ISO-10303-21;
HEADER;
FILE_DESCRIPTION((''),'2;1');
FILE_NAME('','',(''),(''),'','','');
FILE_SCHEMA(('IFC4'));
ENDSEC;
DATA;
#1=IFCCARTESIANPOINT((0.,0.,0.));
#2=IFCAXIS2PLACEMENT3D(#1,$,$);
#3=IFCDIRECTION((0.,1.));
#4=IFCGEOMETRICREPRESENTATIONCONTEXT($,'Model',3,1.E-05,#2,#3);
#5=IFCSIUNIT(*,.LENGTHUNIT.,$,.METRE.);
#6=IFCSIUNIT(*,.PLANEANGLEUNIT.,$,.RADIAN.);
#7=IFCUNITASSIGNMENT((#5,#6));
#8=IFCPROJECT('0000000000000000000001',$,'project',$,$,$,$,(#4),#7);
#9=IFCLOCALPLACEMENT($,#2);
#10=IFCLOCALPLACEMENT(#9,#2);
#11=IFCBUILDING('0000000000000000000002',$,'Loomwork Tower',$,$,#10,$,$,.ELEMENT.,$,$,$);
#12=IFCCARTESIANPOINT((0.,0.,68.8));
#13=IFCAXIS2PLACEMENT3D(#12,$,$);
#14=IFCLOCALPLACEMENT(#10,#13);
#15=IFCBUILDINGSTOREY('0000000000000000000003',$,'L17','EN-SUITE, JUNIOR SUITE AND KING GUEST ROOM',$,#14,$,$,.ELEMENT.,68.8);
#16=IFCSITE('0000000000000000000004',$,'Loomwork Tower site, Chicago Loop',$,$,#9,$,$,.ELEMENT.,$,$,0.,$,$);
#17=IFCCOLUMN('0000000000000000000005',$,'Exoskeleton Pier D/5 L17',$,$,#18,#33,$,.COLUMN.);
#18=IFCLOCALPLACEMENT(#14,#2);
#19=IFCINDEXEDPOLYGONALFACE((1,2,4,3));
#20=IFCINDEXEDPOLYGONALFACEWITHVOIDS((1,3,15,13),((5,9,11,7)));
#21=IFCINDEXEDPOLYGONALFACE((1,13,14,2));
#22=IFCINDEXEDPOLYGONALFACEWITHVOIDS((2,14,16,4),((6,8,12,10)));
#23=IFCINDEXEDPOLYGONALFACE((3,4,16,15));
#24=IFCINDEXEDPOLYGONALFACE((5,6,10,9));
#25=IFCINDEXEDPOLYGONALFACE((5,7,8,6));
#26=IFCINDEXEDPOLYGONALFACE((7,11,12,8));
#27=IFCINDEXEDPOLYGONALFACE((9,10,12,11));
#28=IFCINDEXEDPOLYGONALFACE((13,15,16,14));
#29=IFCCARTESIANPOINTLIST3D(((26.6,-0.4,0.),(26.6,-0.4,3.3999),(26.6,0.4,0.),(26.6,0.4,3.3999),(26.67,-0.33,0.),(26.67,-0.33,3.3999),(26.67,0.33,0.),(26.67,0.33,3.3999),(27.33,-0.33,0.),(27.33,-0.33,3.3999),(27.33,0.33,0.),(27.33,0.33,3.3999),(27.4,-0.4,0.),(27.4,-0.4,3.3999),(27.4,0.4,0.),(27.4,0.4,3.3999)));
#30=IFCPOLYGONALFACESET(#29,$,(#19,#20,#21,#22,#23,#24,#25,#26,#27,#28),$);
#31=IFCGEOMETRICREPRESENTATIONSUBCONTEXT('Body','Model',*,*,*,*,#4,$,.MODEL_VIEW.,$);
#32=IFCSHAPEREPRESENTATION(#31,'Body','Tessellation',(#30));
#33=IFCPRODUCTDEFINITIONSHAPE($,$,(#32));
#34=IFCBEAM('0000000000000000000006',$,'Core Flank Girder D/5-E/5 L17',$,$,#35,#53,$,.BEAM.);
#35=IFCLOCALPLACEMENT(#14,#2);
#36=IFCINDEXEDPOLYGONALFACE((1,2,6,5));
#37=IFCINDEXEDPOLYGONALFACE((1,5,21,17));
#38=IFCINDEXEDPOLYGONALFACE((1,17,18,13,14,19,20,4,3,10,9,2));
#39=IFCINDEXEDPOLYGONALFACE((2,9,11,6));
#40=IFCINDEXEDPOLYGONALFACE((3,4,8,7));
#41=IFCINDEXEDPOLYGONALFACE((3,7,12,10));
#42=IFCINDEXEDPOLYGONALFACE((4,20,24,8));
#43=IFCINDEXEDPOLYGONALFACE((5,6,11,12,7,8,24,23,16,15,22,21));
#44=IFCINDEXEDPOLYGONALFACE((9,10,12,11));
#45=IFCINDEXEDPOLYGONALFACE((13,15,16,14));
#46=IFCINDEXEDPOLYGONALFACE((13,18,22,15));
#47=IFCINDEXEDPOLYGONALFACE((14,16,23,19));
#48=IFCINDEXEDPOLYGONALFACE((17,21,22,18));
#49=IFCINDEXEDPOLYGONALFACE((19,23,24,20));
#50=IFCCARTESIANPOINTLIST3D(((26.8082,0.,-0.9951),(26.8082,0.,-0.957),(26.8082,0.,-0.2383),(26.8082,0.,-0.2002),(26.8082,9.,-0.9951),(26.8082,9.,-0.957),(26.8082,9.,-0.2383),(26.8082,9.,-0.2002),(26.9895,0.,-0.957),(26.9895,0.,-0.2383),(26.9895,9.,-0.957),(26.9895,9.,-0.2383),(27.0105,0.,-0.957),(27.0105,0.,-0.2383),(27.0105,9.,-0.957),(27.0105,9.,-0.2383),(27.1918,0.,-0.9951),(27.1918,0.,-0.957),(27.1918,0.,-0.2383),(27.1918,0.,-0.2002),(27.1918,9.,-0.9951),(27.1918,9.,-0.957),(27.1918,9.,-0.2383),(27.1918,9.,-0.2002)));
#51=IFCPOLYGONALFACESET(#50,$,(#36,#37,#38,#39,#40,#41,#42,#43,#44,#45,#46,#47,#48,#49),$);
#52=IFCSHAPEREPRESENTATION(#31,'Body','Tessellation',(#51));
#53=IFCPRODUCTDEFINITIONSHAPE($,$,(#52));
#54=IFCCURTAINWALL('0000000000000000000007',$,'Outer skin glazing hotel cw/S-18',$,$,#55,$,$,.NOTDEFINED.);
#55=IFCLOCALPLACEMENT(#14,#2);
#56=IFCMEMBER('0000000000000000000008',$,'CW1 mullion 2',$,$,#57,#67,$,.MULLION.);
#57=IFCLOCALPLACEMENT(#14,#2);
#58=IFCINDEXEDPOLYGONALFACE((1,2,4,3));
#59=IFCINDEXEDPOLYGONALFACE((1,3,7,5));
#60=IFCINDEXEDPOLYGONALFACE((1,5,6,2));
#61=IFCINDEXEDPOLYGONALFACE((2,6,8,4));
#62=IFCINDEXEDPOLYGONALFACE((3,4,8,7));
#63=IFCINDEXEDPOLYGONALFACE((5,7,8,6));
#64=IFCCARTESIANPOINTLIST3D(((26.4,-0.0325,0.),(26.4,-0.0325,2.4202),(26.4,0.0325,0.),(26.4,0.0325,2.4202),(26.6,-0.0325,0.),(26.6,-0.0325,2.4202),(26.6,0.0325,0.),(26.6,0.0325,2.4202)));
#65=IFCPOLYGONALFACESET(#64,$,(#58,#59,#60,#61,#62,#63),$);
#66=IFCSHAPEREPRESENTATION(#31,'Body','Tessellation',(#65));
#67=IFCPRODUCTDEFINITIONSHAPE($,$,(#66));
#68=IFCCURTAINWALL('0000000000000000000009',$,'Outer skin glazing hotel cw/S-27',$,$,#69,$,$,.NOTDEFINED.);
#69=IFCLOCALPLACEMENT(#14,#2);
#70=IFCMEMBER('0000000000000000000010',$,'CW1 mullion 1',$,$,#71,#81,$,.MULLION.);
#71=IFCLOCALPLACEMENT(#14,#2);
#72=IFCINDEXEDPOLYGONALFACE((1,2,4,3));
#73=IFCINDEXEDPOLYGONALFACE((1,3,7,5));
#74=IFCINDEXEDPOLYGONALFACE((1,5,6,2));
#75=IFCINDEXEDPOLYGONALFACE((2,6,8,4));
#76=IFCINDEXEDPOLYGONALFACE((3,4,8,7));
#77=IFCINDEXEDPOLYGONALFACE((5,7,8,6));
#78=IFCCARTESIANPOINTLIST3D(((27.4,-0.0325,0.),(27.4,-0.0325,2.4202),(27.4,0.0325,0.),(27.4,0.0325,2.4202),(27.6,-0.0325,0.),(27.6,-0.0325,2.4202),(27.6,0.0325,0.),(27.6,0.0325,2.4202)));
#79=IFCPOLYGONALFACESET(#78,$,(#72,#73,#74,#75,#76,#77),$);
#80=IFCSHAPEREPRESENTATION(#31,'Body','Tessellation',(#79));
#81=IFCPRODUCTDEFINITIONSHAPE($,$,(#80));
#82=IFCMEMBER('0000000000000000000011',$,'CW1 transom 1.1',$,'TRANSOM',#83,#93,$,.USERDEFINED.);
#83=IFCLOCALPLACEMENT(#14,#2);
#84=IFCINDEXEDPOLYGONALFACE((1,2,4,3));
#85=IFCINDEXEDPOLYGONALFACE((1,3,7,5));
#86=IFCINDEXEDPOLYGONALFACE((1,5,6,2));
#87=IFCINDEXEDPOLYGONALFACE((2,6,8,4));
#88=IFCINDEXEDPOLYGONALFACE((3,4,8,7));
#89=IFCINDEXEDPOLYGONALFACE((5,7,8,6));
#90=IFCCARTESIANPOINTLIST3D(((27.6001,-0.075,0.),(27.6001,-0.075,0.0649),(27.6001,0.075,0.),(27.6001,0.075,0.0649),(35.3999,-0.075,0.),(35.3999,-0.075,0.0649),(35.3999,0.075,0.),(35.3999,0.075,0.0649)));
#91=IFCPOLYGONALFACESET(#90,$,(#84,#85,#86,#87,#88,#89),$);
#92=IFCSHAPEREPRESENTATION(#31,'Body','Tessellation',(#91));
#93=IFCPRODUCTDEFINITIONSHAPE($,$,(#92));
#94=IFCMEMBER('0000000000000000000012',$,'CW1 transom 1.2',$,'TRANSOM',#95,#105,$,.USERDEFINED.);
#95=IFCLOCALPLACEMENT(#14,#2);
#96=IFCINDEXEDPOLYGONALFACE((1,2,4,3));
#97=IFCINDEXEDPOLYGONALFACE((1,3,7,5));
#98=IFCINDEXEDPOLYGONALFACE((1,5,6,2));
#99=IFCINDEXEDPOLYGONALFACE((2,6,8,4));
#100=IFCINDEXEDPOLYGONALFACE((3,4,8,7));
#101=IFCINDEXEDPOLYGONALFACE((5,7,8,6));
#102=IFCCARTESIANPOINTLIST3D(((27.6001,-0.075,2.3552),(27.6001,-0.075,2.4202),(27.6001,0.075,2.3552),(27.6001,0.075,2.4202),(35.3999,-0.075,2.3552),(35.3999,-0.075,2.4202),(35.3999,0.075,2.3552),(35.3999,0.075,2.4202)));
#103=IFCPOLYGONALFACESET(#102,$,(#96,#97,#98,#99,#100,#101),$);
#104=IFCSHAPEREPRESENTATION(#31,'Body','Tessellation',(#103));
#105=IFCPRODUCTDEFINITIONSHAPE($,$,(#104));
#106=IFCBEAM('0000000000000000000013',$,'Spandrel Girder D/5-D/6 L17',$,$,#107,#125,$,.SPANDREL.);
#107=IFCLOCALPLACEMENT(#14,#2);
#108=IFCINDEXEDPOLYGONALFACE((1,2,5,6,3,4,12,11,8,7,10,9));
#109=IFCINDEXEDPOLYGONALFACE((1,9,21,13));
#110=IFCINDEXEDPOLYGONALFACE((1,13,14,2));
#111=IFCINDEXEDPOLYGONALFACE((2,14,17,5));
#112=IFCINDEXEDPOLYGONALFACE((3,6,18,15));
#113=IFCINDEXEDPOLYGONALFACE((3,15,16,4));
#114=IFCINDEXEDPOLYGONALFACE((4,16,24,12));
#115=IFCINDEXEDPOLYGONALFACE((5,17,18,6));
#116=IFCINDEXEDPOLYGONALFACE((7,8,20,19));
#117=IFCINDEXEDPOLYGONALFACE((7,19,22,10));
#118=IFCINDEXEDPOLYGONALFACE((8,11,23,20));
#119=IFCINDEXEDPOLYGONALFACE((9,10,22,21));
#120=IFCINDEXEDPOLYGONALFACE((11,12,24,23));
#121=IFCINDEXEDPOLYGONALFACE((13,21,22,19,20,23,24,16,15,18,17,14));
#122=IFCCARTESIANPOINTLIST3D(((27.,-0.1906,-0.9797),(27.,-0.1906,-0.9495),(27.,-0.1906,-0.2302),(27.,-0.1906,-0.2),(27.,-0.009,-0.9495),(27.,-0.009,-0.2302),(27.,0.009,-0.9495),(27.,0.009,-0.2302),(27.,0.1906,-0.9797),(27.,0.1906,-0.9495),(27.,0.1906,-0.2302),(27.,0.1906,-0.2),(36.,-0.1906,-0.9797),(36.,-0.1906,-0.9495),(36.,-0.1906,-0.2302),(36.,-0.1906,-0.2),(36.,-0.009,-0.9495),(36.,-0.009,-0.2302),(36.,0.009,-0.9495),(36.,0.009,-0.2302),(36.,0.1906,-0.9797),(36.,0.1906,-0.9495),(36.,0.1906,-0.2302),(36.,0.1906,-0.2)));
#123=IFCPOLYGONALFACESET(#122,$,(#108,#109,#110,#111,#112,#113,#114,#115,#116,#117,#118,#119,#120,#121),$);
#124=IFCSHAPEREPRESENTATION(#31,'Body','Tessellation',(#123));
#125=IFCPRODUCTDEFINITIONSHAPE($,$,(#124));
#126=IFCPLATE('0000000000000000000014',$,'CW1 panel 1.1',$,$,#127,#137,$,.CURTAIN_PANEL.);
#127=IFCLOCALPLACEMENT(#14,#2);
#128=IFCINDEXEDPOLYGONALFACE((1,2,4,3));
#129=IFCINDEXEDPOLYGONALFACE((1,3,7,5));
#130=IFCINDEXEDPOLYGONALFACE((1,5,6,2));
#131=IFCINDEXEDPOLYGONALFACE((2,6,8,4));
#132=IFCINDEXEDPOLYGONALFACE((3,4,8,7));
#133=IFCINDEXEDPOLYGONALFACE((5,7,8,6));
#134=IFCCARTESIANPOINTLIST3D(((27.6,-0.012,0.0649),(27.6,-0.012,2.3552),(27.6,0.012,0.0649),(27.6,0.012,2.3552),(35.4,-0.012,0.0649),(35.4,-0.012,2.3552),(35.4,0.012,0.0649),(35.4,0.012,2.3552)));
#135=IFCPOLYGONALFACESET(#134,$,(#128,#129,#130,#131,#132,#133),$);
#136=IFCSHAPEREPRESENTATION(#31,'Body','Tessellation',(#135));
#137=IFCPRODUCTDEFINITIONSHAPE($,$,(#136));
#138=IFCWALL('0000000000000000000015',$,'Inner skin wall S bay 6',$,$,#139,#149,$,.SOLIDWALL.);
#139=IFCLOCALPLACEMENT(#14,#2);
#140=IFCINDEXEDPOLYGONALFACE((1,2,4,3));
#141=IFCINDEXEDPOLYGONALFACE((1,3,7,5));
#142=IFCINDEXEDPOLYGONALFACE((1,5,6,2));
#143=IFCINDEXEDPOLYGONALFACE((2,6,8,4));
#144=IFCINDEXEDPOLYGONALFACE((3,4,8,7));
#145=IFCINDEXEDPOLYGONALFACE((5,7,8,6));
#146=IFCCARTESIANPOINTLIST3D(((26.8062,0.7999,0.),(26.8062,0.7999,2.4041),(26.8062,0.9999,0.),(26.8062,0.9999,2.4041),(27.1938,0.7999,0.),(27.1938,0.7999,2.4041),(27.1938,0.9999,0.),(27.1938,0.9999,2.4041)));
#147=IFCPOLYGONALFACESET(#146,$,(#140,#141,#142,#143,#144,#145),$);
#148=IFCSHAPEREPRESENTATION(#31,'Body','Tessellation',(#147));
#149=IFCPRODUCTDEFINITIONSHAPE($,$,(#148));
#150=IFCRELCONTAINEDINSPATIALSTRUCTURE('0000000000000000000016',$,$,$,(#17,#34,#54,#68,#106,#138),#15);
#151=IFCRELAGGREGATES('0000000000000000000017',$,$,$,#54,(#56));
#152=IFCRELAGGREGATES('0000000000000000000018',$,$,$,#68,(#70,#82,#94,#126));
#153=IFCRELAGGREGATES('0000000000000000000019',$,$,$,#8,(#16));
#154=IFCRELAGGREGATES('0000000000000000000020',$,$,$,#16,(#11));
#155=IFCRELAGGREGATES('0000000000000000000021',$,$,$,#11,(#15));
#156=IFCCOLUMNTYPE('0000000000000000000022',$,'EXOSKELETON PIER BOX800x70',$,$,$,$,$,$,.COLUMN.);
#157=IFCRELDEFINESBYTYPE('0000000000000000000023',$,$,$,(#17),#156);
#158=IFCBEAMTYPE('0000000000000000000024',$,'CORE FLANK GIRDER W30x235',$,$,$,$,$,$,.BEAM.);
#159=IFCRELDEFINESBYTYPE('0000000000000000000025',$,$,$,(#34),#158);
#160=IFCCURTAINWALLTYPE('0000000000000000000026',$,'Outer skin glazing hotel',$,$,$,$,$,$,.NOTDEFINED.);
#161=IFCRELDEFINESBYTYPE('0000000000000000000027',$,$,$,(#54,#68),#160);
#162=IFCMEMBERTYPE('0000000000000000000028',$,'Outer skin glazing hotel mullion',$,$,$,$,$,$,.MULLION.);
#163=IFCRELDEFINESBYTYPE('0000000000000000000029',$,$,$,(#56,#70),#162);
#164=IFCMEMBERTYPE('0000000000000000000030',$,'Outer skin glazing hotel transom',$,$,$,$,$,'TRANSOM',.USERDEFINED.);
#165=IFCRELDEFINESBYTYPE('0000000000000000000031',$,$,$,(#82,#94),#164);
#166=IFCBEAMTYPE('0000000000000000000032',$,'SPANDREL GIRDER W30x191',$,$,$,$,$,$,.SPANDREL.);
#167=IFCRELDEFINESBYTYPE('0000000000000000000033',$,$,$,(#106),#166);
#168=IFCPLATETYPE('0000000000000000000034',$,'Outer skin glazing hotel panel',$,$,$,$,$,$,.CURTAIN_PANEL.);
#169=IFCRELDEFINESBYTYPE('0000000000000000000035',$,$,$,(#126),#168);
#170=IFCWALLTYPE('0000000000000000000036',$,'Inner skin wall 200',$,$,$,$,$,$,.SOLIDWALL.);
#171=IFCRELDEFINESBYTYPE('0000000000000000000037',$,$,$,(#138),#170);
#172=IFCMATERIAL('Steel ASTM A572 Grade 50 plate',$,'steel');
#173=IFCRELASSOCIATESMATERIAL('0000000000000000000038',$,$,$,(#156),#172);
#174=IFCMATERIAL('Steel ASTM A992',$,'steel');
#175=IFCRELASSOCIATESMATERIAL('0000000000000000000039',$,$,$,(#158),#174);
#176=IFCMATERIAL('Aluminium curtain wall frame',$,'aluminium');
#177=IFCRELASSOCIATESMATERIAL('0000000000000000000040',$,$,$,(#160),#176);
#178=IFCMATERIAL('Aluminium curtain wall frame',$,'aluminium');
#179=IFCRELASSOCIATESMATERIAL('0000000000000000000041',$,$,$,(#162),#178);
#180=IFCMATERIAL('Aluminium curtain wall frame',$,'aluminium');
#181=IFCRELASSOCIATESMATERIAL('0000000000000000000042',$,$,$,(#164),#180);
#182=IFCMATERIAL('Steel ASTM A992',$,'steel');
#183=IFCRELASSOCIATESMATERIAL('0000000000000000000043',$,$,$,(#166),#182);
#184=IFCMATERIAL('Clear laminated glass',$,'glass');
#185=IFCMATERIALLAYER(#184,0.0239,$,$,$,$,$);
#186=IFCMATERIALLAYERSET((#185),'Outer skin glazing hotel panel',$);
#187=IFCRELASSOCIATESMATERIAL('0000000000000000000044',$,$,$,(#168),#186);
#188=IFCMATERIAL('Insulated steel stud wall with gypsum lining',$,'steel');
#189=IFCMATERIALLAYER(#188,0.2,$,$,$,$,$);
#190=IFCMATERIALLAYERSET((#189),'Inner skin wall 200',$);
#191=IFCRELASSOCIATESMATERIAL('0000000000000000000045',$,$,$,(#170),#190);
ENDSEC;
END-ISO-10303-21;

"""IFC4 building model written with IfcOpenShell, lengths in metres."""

from ifc_helpers import new_model, si_unit, direction, frame, frame_2d, origin, origin_2d, place, context, subcontext, project, spatial, rectangle, hollow_rectangle, i_section, extrude, material, layer, layer_set, material_profile, profile_set, type_object, element, aggregate, save


model = new_model("IFC4")

# Units and contexts
model_context = context("Model", 3, precision=1e-05, world=origin(), true_north=direction((0.0, 1.0)))
body_context = subcontext(model_context, "Body", "Model", "MODEL_VIEW")
ifc_project = project(units=[si_unit("LENGTHUNIT", "METRE"), si_unit("PLANEANGLEUNIT", "RADIAN")], contexts=[model_context])

# Site, building, storey
site_placement = place(None, origin())
site = spatial("IfcSite", under=ifc_project, at=site_placement, Name="Loomwork Tower site, Chicago Loop", CompositionType="ELEMENT", RefElevation=0.0)
building_placement = place(site_placement, origin())
building = spatial("IfcBuilding", under=site, at=building_placement, Name="Loomwork Tower", CompositionType="ELEMENT")
storey_placement = place(building_placement, frame((0.0, 0.0, 68.8)))
storey = spatial("IfcBuildingStorey", under=building, at=storey_placement, Name="L17", Description="EN-SUITE, JUNIOR SUITE AND KING GUEST ROOM", CompositionType="ELEMENT", Elevation=68.8)

# Column
ifc_material_1 = material(Name="Steel ASTM A572 Grade 50 plate", Category="steel")
ifc_material_profile_1 = material_profile(ifc_material_1, hollow_rectangle(XDim=0.8, YDim=0.8, WallThickness=0.0701, at=origin_2d()), Name="BOX800x70")
ifc_profile_set_1 = profile_set([ifc_material_profile_1], Name="Steel ASTM A572 Grade 50 plate")
column_type = type_object("IfcColumnType", Name="EXOSKELETON PIER BOX800x70", PredefinedType="COLUMN", material=ifc_profile_set_1)
column_placement = place(storey_placement, frame((27.0, 0.0, 0.0), z_axis=(0.0, 0.0, 1.0), x_axis=(1.0, 0.0, 0.0)))
element("IfcColumn", 1, at=column_placement, inside=storey, type_object=column_type, Name="Exoskeleton Pier D/5 L17", PredefinedType="COLUMN", context=body_context, shape_type="SweptSolid", body=[
    extrude(hollow_rectangle(XDim=0.8, YDim=0.8, WallThickness=0.0701, at=origin_2d()), origin(), (0.0, 0.0, 1.0), 3.3999),
])

# Beam
ifc_material_2 = material(Name="Steel ASTM A992", Category="steel")
ifc_material_profile_2 = material_profile(ifc_material_2, i_section(OverallWidth=0.3835, OverallDepth=0.7949, WebThickness=0.021, FlangeThickness=0.0381, at=origin_2d()), Name="W30x235")
ifc_profile_set_2 = profile_set([ifc_material_profile_2], Name="Steel ASTM A992")
beam_type_1 = type_object("IfcBeamType", Name="CORE FLANK GIRDER W30x235", PredefinedType="BEAM", material=ifc_profile_set_2)
beam_1_placement = place(storey_placement, frame((27.0, 0.0, -0.5977), z_axis=(0.0, 1.0, 0.0), x_axis=(-1.0, 0.0, 0.0)))
element("IfcBeam", 2, at=beam_1_placement, inside=storey, type_object=beam_type_1, Name="Core Flank Girder D/5-E/5 L17", PredefinedType="BEAM", context=body_context, shape_type="SweptSolid", body=[
    extrude(i_section(OverallWidth=0.3835, OverallDepth=0.7949, WebThickness=0.021, FlangeThickness=0.0381, at=origin_2d()), origin(), (0.0, 0.0, 1.0), 9.0),
])

# Curtain wall, member
ifc_material_3 = material(Name="Aluminium curtain wall frame", Category="aluminium")
curtain_wall_type = type_object("IfcCurtainWallType", Name="Outer skin glazing hotel", PredefinedType="NOTDEFINED", material=ifc_material_3)
curtain_wall_1_placement = place(storey_placement, origin())
curtain_wall_1 = element("IfcCurtainWall", 3, at=curtain_wall_1_placement, inside=storey, type_object=curtain_wall_type, Name="Outer skin glazing hotel cw/S-18", PredefinedType="NOTDEFINED")
ifc_material_4 = material(Name="Aluminium curtain wall frame", Category="aluminium")
ifc_material_profile_3 = material_profile(ifc_material_4, rectangle(XDim=0.0649, YDim=0.2, at=origin_2d()), Name="AL 65x200")
ifc_profile_set_3 = profile_set([ifc_material_profile_3], Name="Aluminium curtain wall frame")
member_type_1 = type_object("IfcMemberType", Name="Outer skin glazing hotel mullion", PredefinedType="MULLION", material=ifc_profile_set_3)
member_1_placement = place(storey_placement, frame((26.5, 0.0, 0.0), z_axis=(0.0, 0.0, 1.0), x_axis=(0.0, 1.0, 0.0)))
member_1 = element("IfcMember", 4, at=member_1_placement, type_object=member_type_1, Name="CW1 mullion 2", PredefinedType="MULLION", context=body_context, shape_type="SweptSolid", body=[
    extrude(rectangle(XDim=0.0649, YDim=0.2, at=origin_2d()), origin(), (0.0, 0.0, 1.0), 2.4202),
])
aggregate(curtain_wall_1, [member_1])

# Curtain wall, members
curtain_wall_2_placement = place(storey_placement, origin())
curtain_wall_2 = element("IfcCurtainWall", 5, at=curtain_wall_2_placement, inside=storey, type_object=curtain_wall_type, Name="Outer skin glazing hotel cw/S-27", PredefinedType="NOTDEFINED")
member_2_placement = place(storey_placement, frame((27.5, 0.0, 0.0), z_axis=(0.0, 0.0, 1.0), x_axis=(0.0, 1.0, 0.0)))
member_2 = element("IfcMember", 6, at=member_2_placement, type_object=member_type_1, Name="CW1 mullion 1", PredefinedType="MULLION", context=body_context, shape_type="SweptSolid", body=[
    extrude(rectangle(XDim=0.0649, YDim=0.2, at=origin_2d()), origin(), (0.0, 0.0, 1.0), 2.4202),
])
ifc_material_5 = material(Name="Aluminium curtain wall frame", Category="aluminium")
ifc_material_profile_4 = material_profile(ifc_material_5, rectangle(XDim=0.1499, YDim=0.0649, at=origin_2d()), Name="AL 65x150")
ifc_profile_set_4 = profile_set([ifc_material_profile_4], Name="Aluminium curtain wall frame")
member_type_2 = type_object("IfcMemberType", Name="Outer skin glazing hotel transom", ElementType="TRANSOM", PredefinedType="USERDEFINED", material=ifc_profile_set_4)
member_3_placement = place(storey_placement, frame((27.6001, 0.0, 0.0325), z_axis=(1.0, 0.0, 0.0), x_axis=(0.0, 1.0, 0.0)))
member_3 = element("IfcMember", 7, at=member_3_placement, type_object=member_type_2, Name="CW1 transom 1.1", ObjectType="TRANSOM", PredefinedType="USERDEFINED", context=body_context, shape_type="SweptSolid", body=[
    extrude(rectangle(XDim=0.1499, YDim=0.0649, at=origin_2d()), origin(), (0.0, 0.0, 1.0), 7.7998),
])
member_4_placement = place(storey_placement, frame((27.6001, 0.0, 2.3877), z_axis=(1.0, 0.0, 0.0), x_axis=(0.0, 1.0, 0.0)))
member_4 = element("IfcMember", 8, at=member_4_placement, type_object=member_type_2, Name="CW1 transom 1.2", ObjectType="TRANSOM", PredefinedType="USERDEFINED", context=body_context, shape_type="SweptSolid", body=[
    extrude(rectangle(XDim=0.1499, YDim=0.0649, at=origin_2d()), origin(), (0.0, 0.0, 1.0), 7.7998),
])

# Beam
ifc_material_6 = material(Name="Steel ASTM A992", Category="steel")
ifc_material_profile_5 = material_profile(ifc_material_6, i_section(OverallWidth=0.3811, OverallDepth=0.7798, WebThickness=0.0181, FlangeThickness=0.0303, at=origin_2d()), Name="W30x191")
ifc_profile_set_5 = profile_set([ifc_material_profile_5], Name="Steel ASTM A992")
beam_type_2 = type_object("IfcBeamType", Name="SPANDREL GIRDER W30x191", PredefinedType="SPANDREL", material=ifc_profile_set_5)
beam_2_placement = place(storey_placement, frame((27.0, 0.0, -0.5898), z_axis=(1.0, 0.0, 0.0), x_axis=(0.0, 1.0, 0.0)))
element("IfcBeam", 9, at=beam_2_placement, inside=storey, type_object=beam_type_2, Name="Spandrel Girder D/5-D/6 L17", PredefinedType="SPANDREL", context=body_context, shape_type="SweptSolid", body=[
    extrude(i_section(OverallWidth=0.3811, OverallDepth=0.7798, WebThickness=0.0181, FlangeThickness=0.0303, at=origin_2d()), origin(), (0.0, 0.0, 1.0), 9.0),
])

# Plate
ifc_material_7 = material(Name="Clear laminated glass", Category="glass")
ifc_layer_1 = layer(ifc_material_7, 0.0239)
ifc_layer_set_1 = layer_set([ifc_layer_1], Name="Outer skin glazing hotel panel")
plate_type = type_object("IfcPlateType", Name="Outer skin glazing hotel panel", PredefinedType="CURTAIN_PANEL", material=ifc_layer_set_1)
plate_placement = place(storey_placement, frame((31.5, 0.0, 0.0649), z_axis=(0.0, 0.0, 1.0), x_axis=(1.0, 0.0, 0.0)))
plate = element("IfcPlate", 10, at=plate_placement, type_object=plate_type, Name="CW1 panel 1.1", PredefinedType="CURTAIN_PANEL", context=body_context, shape_type="SweptSolid", body=[
    extrude(rectangle(XDim=7.8, YDim=0.0239, at=origin_2d()), origin(), (0.0, 0.0, 1.0), 2.2903),
])
aggregate(curtain_wall_2, [member_2, member_3, member_4, plate])

# Wall
ifc_material_8 = material(Name="Insulated steel stud wall with gypsum lining", Category="steel")
ifc_layer_2 = layer(ifc_material_8, 0.2)
ifc_layer_set_2 = layer_set([ifc_layer_2], Name="Inner skin wall 200")
wall_type = type_object("IfcWallType", Name="Inner skin wall 200", PredefinedType="SOLIDWALL", material=ifc_layer_set_2)
wall_1_placement = place(storey_placement, frame((26.8062, 0.8999, 0.0), z_axis=(0.0, 0.0, 1.0), x_axis=(1.0, 0.0, 0.0)))
element("IfcWall", 11, at=wall_1_placement, inside=storey, type_object=wall_type, Name="Inner skin wall S bay 6", PredefinedType="SOLIDWALL", context=body_context, shape_type="SweptSolid", body=[
    extrude(rectangle(XDim=0.3877, YDim=0.2, at=frame_2d((0.1938, 0.0))), origin(), (0.0, 0.0, 1.0), 2.4041),
])

save(model, "model.ifc")
